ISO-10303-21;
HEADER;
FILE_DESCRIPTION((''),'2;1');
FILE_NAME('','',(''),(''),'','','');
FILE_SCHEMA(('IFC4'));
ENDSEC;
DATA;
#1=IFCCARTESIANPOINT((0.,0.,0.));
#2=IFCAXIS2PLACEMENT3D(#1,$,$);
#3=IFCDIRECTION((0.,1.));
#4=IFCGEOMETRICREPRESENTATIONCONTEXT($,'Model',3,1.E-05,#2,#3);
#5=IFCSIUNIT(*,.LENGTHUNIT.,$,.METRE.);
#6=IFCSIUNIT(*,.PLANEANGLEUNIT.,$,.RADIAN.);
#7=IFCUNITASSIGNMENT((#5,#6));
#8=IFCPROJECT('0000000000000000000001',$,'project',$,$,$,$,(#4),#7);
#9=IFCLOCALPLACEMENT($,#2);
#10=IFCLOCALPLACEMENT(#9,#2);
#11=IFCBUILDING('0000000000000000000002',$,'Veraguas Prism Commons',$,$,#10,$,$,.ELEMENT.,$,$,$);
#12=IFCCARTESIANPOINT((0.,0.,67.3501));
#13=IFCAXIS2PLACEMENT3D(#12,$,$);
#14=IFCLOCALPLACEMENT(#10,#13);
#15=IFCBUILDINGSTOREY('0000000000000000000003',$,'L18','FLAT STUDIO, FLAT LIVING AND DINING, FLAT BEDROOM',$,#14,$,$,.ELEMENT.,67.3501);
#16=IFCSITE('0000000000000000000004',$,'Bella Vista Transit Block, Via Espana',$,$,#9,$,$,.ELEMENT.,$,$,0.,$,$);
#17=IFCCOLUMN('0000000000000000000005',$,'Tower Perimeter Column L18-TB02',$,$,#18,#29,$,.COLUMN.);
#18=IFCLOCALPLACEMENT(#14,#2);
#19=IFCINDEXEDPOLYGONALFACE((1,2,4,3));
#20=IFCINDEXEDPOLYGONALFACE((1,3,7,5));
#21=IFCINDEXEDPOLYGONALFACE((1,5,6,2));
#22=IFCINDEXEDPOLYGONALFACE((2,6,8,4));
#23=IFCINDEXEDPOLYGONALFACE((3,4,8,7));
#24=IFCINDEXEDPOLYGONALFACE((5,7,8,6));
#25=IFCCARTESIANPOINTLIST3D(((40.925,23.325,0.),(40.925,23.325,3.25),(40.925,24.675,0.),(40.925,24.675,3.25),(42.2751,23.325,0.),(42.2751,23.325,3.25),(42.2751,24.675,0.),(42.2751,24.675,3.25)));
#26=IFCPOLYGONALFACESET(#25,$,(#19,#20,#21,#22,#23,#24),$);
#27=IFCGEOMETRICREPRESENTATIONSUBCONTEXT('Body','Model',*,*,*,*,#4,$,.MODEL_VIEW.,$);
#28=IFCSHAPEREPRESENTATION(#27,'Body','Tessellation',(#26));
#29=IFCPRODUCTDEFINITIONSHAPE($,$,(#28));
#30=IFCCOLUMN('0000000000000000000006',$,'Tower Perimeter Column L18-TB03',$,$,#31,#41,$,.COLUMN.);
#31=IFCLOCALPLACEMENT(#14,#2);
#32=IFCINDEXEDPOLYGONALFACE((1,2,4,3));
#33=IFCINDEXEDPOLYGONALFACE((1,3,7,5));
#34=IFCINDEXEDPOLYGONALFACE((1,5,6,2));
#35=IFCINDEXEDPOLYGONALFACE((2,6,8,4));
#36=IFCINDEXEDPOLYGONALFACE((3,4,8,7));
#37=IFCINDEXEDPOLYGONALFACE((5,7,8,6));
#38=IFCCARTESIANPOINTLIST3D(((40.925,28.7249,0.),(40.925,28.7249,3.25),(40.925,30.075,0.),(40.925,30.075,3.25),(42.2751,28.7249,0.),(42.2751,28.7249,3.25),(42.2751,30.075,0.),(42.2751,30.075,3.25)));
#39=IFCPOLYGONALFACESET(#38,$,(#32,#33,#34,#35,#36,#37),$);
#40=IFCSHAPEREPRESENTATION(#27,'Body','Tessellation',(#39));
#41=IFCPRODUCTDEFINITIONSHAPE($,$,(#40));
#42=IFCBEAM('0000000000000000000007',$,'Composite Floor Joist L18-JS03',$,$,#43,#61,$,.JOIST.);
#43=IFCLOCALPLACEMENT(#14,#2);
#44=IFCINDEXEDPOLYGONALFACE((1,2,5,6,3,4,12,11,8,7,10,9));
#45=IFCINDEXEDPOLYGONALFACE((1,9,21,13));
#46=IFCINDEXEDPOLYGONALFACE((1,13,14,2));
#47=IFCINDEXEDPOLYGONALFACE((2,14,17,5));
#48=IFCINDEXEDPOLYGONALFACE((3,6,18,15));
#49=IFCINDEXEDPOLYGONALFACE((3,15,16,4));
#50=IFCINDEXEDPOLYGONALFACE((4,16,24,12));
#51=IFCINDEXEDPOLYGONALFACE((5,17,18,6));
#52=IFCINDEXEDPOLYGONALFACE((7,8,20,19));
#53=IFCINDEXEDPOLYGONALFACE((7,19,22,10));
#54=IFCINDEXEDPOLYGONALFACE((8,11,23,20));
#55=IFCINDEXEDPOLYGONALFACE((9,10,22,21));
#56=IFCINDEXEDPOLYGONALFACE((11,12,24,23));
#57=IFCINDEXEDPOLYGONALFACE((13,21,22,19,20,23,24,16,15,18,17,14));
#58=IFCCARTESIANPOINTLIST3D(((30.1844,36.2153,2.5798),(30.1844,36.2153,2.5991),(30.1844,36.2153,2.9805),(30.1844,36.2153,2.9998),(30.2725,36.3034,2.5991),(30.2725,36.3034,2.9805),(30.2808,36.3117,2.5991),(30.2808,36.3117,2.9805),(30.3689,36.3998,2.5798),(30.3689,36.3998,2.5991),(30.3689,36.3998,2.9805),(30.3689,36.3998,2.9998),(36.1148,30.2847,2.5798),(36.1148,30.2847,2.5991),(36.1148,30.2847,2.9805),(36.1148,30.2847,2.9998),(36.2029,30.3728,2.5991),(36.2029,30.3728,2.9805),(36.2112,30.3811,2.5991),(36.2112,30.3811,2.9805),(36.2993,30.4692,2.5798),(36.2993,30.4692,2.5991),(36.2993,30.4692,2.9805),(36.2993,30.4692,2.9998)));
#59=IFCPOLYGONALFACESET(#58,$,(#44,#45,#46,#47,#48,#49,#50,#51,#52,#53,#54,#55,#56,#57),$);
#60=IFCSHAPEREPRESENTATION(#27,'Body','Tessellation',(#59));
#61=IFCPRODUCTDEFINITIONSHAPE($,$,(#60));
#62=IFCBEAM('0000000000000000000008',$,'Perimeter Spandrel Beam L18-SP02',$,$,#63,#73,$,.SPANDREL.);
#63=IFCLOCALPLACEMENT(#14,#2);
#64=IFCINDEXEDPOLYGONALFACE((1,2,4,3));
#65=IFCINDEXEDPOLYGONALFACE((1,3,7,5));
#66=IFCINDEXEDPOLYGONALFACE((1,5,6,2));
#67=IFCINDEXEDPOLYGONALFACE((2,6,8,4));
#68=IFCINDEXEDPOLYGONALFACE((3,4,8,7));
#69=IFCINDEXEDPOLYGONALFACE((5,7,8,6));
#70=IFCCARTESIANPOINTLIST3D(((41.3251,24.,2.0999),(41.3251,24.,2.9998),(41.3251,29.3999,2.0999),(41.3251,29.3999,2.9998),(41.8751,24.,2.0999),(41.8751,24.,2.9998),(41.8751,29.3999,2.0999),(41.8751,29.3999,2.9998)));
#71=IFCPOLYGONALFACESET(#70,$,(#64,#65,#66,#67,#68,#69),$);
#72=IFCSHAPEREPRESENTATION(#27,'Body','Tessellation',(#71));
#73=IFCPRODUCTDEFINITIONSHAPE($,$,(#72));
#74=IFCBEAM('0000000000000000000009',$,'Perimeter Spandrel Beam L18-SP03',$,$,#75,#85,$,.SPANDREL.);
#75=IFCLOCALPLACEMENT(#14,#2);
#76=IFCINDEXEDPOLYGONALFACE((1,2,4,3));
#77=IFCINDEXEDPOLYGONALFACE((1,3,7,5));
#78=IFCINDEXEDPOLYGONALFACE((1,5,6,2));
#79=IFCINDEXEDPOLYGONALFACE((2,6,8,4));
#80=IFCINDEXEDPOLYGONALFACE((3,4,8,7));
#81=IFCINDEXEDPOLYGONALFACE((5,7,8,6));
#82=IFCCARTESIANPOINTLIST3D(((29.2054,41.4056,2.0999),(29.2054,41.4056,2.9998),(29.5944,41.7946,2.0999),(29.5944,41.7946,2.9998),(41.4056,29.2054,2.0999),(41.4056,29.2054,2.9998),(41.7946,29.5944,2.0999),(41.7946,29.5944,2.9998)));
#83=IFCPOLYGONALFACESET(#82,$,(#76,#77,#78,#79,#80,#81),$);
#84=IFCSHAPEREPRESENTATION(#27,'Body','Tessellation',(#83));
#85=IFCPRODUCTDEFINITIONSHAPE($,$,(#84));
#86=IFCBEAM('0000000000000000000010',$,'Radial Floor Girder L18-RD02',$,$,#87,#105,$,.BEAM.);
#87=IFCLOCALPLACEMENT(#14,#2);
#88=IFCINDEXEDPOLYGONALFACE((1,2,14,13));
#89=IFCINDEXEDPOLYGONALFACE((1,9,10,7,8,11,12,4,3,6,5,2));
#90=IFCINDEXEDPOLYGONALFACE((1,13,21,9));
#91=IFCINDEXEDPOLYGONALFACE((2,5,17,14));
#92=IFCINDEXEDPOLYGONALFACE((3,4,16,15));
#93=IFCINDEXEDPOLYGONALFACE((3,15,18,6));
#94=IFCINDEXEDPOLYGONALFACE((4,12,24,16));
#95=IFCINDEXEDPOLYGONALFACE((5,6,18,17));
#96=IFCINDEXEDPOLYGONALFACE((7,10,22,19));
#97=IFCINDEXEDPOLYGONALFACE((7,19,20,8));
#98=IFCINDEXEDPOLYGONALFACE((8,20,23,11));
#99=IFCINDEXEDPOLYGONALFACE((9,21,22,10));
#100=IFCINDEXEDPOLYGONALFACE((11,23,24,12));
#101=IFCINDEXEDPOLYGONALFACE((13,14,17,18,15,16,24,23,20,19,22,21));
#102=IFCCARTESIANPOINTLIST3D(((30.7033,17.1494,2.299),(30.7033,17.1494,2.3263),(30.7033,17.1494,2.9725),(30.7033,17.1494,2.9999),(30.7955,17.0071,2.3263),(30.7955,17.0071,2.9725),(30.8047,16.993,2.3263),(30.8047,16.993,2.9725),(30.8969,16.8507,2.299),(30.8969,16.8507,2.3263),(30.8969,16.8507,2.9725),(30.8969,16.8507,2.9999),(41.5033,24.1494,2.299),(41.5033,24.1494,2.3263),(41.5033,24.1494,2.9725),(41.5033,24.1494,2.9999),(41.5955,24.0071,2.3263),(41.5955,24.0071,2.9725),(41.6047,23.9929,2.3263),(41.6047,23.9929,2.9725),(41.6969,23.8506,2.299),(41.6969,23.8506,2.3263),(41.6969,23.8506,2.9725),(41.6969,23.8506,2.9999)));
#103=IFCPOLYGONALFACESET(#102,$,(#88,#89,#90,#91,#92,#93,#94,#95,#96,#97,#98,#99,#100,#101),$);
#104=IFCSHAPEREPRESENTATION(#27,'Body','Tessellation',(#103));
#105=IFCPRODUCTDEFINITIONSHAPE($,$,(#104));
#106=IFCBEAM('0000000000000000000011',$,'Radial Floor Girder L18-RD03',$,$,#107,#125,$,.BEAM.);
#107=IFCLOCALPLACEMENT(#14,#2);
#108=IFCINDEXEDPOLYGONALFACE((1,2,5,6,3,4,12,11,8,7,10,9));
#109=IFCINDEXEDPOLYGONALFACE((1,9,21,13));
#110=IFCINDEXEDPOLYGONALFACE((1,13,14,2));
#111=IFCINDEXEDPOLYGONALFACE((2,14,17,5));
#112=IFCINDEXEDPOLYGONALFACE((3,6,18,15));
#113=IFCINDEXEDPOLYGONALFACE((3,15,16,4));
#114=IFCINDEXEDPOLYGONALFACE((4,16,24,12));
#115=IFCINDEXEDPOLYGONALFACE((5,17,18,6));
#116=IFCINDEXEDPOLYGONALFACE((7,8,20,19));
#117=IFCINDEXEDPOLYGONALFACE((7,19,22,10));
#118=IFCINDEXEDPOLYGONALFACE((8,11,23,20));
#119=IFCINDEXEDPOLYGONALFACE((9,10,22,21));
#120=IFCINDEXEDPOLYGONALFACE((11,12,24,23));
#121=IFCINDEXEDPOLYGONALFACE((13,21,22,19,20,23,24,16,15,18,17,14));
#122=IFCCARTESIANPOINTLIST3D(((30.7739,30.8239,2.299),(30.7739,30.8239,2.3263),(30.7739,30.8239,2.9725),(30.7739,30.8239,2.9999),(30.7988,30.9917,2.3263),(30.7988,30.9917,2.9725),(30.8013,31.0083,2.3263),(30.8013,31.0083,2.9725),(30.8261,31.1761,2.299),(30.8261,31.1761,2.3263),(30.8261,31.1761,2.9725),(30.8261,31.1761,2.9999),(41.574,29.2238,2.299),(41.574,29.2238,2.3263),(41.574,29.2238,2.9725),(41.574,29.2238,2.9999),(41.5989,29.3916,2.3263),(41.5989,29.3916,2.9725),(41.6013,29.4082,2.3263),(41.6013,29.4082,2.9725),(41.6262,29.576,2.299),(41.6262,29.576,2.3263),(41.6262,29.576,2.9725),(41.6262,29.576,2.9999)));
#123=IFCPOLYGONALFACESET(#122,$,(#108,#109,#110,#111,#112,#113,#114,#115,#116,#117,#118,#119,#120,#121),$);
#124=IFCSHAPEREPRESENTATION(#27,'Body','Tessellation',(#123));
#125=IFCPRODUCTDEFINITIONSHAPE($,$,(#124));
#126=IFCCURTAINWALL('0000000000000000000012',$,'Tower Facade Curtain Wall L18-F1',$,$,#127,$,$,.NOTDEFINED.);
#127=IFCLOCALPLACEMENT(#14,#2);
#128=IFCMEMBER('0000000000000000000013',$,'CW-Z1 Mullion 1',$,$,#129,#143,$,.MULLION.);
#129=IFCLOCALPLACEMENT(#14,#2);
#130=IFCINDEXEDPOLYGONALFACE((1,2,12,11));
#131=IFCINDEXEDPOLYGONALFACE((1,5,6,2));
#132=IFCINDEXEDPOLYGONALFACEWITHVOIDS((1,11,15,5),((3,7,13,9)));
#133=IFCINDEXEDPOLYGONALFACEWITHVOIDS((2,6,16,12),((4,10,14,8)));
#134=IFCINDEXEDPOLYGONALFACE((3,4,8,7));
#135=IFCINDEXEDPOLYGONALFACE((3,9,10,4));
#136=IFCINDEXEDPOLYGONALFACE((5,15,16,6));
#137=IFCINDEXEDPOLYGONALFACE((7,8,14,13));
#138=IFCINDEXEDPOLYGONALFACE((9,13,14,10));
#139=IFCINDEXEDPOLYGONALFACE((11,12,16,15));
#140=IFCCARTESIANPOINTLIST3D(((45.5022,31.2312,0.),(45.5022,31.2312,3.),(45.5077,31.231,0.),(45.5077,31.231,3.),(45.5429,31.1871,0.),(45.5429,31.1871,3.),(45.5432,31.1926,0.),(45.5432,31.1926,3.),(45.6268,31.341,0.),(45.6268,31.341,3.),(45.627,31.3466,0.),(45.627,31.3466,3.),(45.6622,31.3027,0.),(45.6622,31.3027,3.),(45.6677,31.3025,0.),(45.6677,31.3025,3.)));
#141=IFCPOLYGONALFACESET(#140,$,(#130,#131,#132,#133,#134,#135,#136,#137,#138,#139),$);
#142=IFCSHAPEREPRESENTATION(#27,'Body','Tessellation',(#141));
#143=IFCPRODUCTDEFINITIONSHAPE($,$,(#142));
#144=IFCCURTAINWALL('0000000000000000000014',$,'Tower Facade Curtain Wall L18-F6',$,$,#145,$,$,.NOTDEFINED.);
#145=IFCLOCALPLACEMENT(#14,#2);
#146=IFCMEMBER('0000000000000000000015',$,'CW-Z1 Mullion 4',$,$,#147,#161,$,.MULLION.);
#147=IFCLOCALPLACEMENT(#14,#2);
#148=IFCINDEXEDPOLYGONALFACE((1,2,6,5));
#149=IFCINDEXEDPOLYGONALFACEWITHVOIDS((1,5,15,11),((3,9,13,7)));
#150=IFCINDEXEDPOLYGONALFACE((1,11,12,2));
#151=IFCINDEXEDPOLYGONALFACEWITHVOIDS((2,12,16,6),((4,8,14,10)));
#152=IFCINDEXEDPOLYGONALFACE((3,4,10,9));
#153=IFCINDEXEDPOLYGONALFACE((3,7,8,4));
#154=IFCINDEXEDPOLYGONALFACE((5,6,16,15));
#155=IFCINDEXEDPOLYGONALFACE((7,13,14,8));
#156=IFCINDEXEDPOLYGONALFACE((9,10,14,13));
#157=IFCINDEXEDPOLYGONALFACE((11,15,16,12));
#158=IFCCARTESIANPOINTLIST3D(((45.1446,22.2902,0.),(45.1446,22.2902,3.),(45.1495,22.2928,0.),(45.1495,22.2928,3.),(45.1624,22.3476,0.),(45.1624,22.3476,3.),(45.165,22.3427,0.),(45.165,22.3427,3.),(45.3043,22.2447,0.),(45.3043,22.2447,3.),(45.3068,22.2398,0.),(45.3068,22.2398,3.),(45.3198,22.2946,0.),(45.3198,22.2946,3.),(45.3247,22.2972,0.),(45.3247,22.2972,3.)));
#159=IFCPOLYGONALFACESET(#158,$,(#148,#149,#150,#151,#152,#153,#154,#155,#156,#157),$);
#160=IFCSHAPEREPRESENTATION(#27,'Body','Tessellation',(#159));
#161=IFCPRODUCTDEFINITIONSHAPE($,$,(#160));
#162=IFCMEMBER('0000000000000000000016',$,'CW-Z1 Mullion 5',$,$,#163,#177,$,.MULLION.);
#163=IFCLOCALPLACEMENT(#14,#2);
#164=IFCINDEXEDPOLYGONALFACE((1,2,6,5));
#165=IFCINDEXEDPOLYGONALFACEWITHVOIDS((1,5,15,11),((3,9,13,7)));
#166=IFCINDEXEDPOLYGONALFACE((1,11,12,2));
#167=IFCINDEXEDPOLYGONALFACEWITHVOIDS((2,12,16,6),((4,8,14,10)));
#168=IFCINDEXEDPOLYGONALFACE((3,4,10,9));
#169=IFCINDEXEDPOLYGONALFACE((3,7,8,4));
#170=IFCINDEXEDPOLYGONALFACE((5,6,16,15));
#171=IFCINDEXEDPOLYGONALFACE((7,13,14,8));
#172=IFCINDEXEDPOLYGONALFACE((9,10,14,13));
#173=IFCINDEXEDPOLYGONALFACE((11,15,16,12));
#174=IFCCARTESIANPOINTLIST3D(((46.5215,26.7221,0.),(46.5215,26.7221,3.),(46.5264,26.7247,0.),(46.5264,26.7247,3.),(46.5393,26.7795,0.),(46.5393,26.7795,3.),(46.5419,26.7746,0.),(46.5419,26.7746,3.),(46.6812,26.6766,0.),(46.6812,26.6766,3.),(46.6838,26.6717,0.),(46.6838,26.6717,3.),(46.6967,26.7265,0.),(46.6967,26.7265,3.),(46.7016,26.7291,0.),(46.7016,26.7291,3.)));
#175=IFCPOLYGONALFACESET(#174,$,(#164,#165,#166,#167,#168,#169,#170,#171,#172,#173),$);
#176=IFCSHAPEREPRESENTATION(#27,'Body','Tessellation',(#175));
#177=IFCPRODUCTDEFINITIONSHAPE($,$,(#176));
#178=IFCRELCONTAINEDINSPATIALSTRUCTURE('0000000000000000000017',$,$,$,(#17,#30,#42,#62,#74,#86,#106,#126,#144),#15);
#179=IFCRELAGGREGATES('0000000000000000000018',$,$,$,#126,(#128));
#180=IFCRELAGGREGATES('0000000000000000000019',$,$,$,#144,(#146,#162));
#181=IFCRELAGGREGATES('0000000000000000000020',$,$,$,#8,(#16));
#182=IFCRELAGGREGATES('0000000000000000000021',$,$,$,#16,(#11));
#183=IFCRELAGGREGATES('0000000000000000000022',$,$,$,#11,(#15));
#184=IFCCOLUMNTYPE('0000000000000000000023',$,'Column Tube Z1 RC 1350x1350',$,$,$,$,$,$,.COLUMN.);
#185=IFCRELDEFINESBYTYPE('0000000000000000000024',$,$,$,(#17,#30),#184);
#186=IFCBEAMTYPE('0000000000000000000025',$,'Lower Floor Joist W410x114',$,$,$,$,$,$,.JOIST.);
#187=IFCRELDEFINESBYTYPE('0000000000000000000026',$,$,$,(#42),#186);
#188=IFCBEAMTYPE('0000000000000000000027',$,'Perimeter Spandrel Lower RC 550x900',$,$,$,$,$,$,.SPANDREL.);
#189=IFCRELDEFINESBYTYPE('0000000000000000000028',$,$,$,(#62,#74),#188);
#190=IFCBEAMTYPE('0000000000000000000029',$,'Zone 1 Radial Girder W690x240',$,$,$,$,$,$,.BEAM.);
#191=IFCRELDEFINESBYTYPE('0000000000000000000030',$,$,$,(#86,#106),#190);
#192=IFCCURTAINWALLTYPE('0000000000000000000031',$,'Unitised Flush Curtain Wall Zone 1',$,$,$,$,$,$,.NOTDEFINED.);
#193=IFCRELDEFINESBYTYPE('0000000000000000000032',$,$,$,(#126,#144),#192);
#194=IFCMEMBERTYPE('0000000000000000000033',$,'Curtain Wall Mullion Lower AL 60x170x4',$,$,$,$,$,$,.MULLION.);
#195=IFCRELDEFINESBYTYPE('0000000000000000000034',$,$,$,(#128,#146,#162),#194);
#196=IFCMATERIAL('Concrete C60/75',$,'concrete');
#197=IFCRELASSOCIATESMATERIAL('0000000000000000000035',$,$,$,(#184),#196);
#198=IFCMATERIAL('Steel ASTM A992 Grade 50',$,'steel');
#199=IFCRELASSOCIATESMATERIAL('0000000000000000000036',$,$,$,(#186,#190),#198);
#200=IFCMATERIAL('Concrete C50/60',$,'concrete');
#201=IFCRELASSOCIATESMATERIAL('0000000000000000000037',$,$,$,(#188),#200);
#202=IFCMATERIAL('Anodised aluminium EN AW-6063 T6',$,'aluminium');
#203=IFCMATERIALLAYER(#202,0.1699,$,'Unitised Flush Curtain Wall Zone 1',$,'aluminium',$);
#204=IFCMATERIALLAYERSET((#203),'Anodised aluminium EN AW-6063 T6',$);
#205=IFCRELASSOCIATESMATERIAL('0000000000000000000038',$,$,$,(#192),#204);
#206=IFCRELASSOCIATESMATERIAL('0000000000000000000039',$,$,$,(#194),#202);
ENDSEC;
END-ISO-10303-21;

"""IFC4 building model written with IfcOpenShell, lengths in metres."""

from ifc_helpers import new_model, si_unit, direction, frame, origin, origin_2d, place, context, subcontext, project, spatial, rectangle, hollow_rectangle, i_section, extrude, source, transform, mapped, material, layer, layer_set, material_profile, profile_set, type_object, element, aggregate, save


model = new_model("IFC4")

# Units and contexts
model_context = context("Model", 3, precision=1e-05, world=origin(), true_north=direction((0.0, 1.0)))
body_context = subcontext(model_context, "Body", "Model", "MODEL_VIEW")
ifc_project = project(units=[si_unit("LENGTHUNIT", "METRE"), si_unit("PLANEANGLEUNIT", "RADIAN")], contexts=[model_context])

# Site, building, storey
site_placement = place(None, origin())
site = spatial("IfcSite", under=ifc_project, at=site_placement, Name="Bella Vista Transit Block, Via Espana", CompositionType="ELEMENT", RefElevation=0.0)
building_placement = place(site_placement, origin())
building = spatial("IfcBuilding", under=site, at=building_placement, Name="Veraguas Prism Commons", CompositionType="ELEMENT")
storey_placement = place(building_placement, frame((0.0, 0.0, 67.3501)))
storey = spatial("IfcBuildingStorey", under=building, at=storey_placement, Name="L18", Description="FLAT STUDIO, FLAT LIVING AND DINING, FLAT BEDROOM", CompositionType="ELEMENT", Elevation=67.3501)

# Columns
ifc_material_1 = material(Name="Concrete C60/75", Category="concrete")
ifc_material_profile_1 = material_profile(ifc_material_1, rectangle(XDim=1.3501, YDim=1.3501, at=origin_2d()), Name="RC1350X1350")
ifc_profile_set_1 = profile_set([ifc_material_profile_1], Name="Concrete C60/75")
column_type = type_object("IfcColumnType", Name="Column Tube Z1 RC 1350x1350", PredefinedType="COLUMN", material=ifc_profile_set_1)
for number, where, z_axis, x_axis, name in (
    (1, (41.6001, 24.0, 0.0), (0.0, 0.0, 1.0), (1.0, 0.0, 0.0), "Tower Perimeter Column L18-TB02"),
    (2, (41.6001, 29.3999, 0.0), (0.0, 0.0, 1.0), (1.0, 0.0, 0.0), "Tower Perimeter Column L18-TB03"),
):
    element("IfcColumn", number, at=place(storey_placement, frame(where, z_axis=z_axis, x_axis=x_axis)), inside=storey, type_object=column_type, Name=name, PredefinedType="COLUMN", context=body_context, shape_type="SweptSolid", body=[
        extrude(rectangle(XDim=1.3501, YDim=1.3501, at=origin_2d()), origin(), (0.0, 0.0, 1.0), 3.25),
    ])

# Beams
ifc_material_2 = material(Name="Steel ASTM A992 Grade 50", Category="steel")
ifc_material_profile_2 = material_profile(ifc_material_2, i_section(OverallWidth=0.261, OverallDepth=0.4199, WebThickness=0.0117, FlangeThickness=0.0193, at=origin_2d()), Name="W410X114")
ifc_profile_set_2 = profile_set([ifc_material_profile_2], Name="Steel ASTM A992 Grade 50")
beam_type_1 = type_object("IfcBeamType", Name="Lower Floor Joist W410x114", PredefinedType="JOIST", material=ifc_profile_set_2)
beam_1_placement = place(storey_placement, frame((36.207, 30.377, 2.7898), z_axis=(-0.707092, 0.707121, 0.0), x_axis=(-0.707121, -0.707092, 0.0)))
element("IfcBeam", 3, at=beam_1_placement, inside=storey, type_object=beam_type_1, Name="Composite Floor Joist L18-JS03", PredefinedType="JOIST", context=body_context, shape_type="SweptSolid", body=[
    extrude(i_section(OverallWidth=0.261, OverallDepth=0.4199, WebThickness=0.0117, FlangeThickness=0.0193, at=origin_2d()), origin(), (0.0, 0.0, 1.0), 8.387),
])
ifc_material_3 = material(Name="Concrete C50/60", Category="concrete")
ifc_material_profile_3 = material_profile(ifc_material_3, rectangle(XDim=0.55, YDim=0.8999, at=origin_2d()), Name="RC550X900")
ifc_profile_set_3 = profile_set([ifc_material_profile_3], Name="Concrete C50/60")
beam_type_2 = type_object("IfcBeamType", Name="Perimeter Spandrel Lower RC 550x900", PredefinedType="SPANDREL", material=ifc_profile_set_3)
beam_2_placement = place(storey_placement, frame((41.6001, 24.0, 2.5498), z_axis=(0.0, 1.0, 0.0), x_axis=(-1.0, 0.0, 0.0)))
element("IfcBeam", 4, at=beam_2_placement, inside=storey, type_object=beam_type_2, Name="Perimeter Spandrel Beam L18-SP02", PredefinedType="SPANDREL", context=body_context, shape_type="SweptSolid", body=[
    extrude(rectangle(XDim=0.55, YDim=0.8999, at=origin_2d()), origin(), (0.0, 0.0, 1.0), 5.3999),
])
beam_3_placement = place(storey_placement, frame((41.6001, 29.3999, 2.5498), z_axis=(-0.707107, 0.707107, 0.0), x_axis=(-0.707107, -0.707107, 0.0)))
element("IfcBeam", 5, at=beam_3_placement, inside=storey, type_object=beam_type_2, Name="Perimeter Spandrel Beam L18-SP03", PredefinedType="SPANDREL", context=body_context, shape_type="SweptSolid", body=[
    extrude(rectangle(XDim=0.55, YDim=0.8999, at=origin_2d()), origin(), (0.0, 0.0, 1.0), 17.2537),
])
ifc_material_profile_4 = material_profile(ifc_material_2, i_section(OverallWidth=0.356, OverallDepth=0.7009, WebThickness=0.0168, FlangeThickness=0.0273, at=origin_2d()), Name="W690X240")
ifc_profile_set_4 = profile_set([ifc_material_profile_4], Name="Steel ASTM A992 Grade 50")
beam_type_3 = type_object("IfcBeamType", Name="Zone 1 Radial Girder W690x240", PredefinedType="BEAM", material=ifc_profile_set_4)
beam_4_placement = place(storey_placement, frame((41.6001, 24.0, 2.6494), z_axis=(-0.839154, -0.543894, 0.0), x_axis=(0.543894, -0.839154, 0.0)))
element("IfcBeam", 6, at=beam_4_placement, inside=storey, type_object=beam_type_3, Name="Radial Floor Girder L18-RD02", PredefinedType="BEAM", context=body_context, shape_type="SweptSolid", body=[
    extrude(i_section(OverallWidth=0.356, OverallDepth=0.7009, WebThickness=0.0168, FlangeThickness=0.0273, at=origin_2d()), origin(), (0.0, 0.0, 1.0), 12.8701),
])
beam_5_placement = place(storey_placement, frame((41.6001, 29.3999, 2.6494), z_axis=(-0.989202, 0.146557, 0.0), x_axis=(-0.146557, -0.989202, 0.0)))
element("IfcBeam", 7, at=beam_5_placement, inside=storey, type_object=beam_type_3, Name="Radial Floor Girder L18-RD03", PredefinedType="BEAM", context=body_context, shape_type="SweptSolid", body=[
    extrude(i_section(OverallWidth=0.356, OverallDepth=0.7009, WebThickness=0.0168, FlangeThickness=0.0273, at=origin_2d()), origin(), (0.0, 0.0, 1.0), 10.918),
])

# Curtain wall, member
ifc_material_4 = material(Name="Anodised aluminium EN AW-6063 T6", Category="aluminium")
ifc_layer_1 = layer(ifc_material_4, 0.1699, Name="Unitised Flush Curtain Wall Zone 1", Category="aluminium")
ifc_layer_set_1 = layer_set([ifc_layer_1], Name="Anodised aluminium EN AW-6063 T6")
curtain_wall_type = type_object("IfcCurtainWallType", Name="Unitised Flush Curtain Wall Zone 1", PredefinedType="NOTDEFINED", material=ifc_layer_set_1)
curtain_wall_1_placement = place(storey_placement, origin())
curtain_wall_1 = element("IfcCurtainWall", 8, at=curtain_wall_1_placement, inside=storey, type_object=curtain_wall_type, Name="Tower Facade Curtain Wall L18-F1", PredefinedType="NOTDEFINED")
ifc_material_profile_5 = material_profile(ifc_material_4, hollow_rectangle(XDim=0.0601, YDim=0.1699, WallThickness=0.0039, at=origin_2d()), Name="AL60X170X4")
ifc_profile_set_5 = profile_set([ifc_material_profile_5], Name="Anodised aluminium EN AW-6063 T6")
member_type = type_object("IfcMemberType", Name="Curtain Wall Mullion Lower AL 60x170x4", PredefinedType="MULLION", material=ifc_profile_set_5)
shared_shape_1 = source(origin(), body_context, "Body", "SweptSolid", [
    extrude(hollow_rectangle(XDim=0.0601, YDim=0.1699, WallThickness=0.0039, at=origin_2d()), origin(), (0.0, 0.0, 1.0), 3.0),
])
member_1_placement = place(storey_placement, frame((45.585, 31.2668, 0.0), z_axis=(0.0, 0.0, 1.0), x_axis=(-0.678678, 0.734436, 0.0)))
member_1 = element("IfcMember", 9, at=member_1_placement, type_object=member_type, Name="CW-Z1 Mullion 1", PredefinedType="MULLION", context=body_context, shape_type="MappedRepresentation", body=[
    mapped(shared_shape_1, transform((0.0, 0.0, 0.0), scale=1.0)),
])
aggregate(curtain_wall_1, [member_1])

# Curtain wall, members
curtain_wall_2_placement = place(storey_placement, origin())
curtain_wall_2 = element("IfcCurtainWall", 10, at=curtain_wall_2_placement, inside=storey, type_object=curtain_wall_type, Name="Tower Facade Curtain Wall L18-F6", PredefinedType="NOTDEFINED")
member_2_placement = place(storey_placement, frame((45.2346, 22.2937, 0.0), z_axis=(0.0, 0.0, 1.0), x_axis=(0.29671, 0.954968, 0.0)))
member_2 = element("IfcMember", 11, at=member_2_placement, type_object=member_type, Name="CW-Z1 Mullion 4", PredefinedType="MULLION", context=body_context, shape_type="MappedRepresentation", body=[
    mapped(shared_shape_1, transform((0.0, 0.0, 0.0), scale=1.0)),
])
member_3_placement = place(storey_placement, frame((46.6116, 26.7256, 0.0), z_axis=(0.0, 0.0, 1.0), x_axis=(0.29671, 0.954968, 0.0)))
member_3 = element("IfcMember", 12, at=member_3_placement, type_object=member_type, Name="CW-Z1 Mullion 5", PredefinedType="MULLION", context=body_context, shape_type="MappedRepresentation", body=[
    mapped(shared_shape_1, transform((0.0, 0.0, 0.0), scale=1.0)),
])
aggregate(curtain_wall_2, [member_2, member_3])

save(model, "model.ifc")
